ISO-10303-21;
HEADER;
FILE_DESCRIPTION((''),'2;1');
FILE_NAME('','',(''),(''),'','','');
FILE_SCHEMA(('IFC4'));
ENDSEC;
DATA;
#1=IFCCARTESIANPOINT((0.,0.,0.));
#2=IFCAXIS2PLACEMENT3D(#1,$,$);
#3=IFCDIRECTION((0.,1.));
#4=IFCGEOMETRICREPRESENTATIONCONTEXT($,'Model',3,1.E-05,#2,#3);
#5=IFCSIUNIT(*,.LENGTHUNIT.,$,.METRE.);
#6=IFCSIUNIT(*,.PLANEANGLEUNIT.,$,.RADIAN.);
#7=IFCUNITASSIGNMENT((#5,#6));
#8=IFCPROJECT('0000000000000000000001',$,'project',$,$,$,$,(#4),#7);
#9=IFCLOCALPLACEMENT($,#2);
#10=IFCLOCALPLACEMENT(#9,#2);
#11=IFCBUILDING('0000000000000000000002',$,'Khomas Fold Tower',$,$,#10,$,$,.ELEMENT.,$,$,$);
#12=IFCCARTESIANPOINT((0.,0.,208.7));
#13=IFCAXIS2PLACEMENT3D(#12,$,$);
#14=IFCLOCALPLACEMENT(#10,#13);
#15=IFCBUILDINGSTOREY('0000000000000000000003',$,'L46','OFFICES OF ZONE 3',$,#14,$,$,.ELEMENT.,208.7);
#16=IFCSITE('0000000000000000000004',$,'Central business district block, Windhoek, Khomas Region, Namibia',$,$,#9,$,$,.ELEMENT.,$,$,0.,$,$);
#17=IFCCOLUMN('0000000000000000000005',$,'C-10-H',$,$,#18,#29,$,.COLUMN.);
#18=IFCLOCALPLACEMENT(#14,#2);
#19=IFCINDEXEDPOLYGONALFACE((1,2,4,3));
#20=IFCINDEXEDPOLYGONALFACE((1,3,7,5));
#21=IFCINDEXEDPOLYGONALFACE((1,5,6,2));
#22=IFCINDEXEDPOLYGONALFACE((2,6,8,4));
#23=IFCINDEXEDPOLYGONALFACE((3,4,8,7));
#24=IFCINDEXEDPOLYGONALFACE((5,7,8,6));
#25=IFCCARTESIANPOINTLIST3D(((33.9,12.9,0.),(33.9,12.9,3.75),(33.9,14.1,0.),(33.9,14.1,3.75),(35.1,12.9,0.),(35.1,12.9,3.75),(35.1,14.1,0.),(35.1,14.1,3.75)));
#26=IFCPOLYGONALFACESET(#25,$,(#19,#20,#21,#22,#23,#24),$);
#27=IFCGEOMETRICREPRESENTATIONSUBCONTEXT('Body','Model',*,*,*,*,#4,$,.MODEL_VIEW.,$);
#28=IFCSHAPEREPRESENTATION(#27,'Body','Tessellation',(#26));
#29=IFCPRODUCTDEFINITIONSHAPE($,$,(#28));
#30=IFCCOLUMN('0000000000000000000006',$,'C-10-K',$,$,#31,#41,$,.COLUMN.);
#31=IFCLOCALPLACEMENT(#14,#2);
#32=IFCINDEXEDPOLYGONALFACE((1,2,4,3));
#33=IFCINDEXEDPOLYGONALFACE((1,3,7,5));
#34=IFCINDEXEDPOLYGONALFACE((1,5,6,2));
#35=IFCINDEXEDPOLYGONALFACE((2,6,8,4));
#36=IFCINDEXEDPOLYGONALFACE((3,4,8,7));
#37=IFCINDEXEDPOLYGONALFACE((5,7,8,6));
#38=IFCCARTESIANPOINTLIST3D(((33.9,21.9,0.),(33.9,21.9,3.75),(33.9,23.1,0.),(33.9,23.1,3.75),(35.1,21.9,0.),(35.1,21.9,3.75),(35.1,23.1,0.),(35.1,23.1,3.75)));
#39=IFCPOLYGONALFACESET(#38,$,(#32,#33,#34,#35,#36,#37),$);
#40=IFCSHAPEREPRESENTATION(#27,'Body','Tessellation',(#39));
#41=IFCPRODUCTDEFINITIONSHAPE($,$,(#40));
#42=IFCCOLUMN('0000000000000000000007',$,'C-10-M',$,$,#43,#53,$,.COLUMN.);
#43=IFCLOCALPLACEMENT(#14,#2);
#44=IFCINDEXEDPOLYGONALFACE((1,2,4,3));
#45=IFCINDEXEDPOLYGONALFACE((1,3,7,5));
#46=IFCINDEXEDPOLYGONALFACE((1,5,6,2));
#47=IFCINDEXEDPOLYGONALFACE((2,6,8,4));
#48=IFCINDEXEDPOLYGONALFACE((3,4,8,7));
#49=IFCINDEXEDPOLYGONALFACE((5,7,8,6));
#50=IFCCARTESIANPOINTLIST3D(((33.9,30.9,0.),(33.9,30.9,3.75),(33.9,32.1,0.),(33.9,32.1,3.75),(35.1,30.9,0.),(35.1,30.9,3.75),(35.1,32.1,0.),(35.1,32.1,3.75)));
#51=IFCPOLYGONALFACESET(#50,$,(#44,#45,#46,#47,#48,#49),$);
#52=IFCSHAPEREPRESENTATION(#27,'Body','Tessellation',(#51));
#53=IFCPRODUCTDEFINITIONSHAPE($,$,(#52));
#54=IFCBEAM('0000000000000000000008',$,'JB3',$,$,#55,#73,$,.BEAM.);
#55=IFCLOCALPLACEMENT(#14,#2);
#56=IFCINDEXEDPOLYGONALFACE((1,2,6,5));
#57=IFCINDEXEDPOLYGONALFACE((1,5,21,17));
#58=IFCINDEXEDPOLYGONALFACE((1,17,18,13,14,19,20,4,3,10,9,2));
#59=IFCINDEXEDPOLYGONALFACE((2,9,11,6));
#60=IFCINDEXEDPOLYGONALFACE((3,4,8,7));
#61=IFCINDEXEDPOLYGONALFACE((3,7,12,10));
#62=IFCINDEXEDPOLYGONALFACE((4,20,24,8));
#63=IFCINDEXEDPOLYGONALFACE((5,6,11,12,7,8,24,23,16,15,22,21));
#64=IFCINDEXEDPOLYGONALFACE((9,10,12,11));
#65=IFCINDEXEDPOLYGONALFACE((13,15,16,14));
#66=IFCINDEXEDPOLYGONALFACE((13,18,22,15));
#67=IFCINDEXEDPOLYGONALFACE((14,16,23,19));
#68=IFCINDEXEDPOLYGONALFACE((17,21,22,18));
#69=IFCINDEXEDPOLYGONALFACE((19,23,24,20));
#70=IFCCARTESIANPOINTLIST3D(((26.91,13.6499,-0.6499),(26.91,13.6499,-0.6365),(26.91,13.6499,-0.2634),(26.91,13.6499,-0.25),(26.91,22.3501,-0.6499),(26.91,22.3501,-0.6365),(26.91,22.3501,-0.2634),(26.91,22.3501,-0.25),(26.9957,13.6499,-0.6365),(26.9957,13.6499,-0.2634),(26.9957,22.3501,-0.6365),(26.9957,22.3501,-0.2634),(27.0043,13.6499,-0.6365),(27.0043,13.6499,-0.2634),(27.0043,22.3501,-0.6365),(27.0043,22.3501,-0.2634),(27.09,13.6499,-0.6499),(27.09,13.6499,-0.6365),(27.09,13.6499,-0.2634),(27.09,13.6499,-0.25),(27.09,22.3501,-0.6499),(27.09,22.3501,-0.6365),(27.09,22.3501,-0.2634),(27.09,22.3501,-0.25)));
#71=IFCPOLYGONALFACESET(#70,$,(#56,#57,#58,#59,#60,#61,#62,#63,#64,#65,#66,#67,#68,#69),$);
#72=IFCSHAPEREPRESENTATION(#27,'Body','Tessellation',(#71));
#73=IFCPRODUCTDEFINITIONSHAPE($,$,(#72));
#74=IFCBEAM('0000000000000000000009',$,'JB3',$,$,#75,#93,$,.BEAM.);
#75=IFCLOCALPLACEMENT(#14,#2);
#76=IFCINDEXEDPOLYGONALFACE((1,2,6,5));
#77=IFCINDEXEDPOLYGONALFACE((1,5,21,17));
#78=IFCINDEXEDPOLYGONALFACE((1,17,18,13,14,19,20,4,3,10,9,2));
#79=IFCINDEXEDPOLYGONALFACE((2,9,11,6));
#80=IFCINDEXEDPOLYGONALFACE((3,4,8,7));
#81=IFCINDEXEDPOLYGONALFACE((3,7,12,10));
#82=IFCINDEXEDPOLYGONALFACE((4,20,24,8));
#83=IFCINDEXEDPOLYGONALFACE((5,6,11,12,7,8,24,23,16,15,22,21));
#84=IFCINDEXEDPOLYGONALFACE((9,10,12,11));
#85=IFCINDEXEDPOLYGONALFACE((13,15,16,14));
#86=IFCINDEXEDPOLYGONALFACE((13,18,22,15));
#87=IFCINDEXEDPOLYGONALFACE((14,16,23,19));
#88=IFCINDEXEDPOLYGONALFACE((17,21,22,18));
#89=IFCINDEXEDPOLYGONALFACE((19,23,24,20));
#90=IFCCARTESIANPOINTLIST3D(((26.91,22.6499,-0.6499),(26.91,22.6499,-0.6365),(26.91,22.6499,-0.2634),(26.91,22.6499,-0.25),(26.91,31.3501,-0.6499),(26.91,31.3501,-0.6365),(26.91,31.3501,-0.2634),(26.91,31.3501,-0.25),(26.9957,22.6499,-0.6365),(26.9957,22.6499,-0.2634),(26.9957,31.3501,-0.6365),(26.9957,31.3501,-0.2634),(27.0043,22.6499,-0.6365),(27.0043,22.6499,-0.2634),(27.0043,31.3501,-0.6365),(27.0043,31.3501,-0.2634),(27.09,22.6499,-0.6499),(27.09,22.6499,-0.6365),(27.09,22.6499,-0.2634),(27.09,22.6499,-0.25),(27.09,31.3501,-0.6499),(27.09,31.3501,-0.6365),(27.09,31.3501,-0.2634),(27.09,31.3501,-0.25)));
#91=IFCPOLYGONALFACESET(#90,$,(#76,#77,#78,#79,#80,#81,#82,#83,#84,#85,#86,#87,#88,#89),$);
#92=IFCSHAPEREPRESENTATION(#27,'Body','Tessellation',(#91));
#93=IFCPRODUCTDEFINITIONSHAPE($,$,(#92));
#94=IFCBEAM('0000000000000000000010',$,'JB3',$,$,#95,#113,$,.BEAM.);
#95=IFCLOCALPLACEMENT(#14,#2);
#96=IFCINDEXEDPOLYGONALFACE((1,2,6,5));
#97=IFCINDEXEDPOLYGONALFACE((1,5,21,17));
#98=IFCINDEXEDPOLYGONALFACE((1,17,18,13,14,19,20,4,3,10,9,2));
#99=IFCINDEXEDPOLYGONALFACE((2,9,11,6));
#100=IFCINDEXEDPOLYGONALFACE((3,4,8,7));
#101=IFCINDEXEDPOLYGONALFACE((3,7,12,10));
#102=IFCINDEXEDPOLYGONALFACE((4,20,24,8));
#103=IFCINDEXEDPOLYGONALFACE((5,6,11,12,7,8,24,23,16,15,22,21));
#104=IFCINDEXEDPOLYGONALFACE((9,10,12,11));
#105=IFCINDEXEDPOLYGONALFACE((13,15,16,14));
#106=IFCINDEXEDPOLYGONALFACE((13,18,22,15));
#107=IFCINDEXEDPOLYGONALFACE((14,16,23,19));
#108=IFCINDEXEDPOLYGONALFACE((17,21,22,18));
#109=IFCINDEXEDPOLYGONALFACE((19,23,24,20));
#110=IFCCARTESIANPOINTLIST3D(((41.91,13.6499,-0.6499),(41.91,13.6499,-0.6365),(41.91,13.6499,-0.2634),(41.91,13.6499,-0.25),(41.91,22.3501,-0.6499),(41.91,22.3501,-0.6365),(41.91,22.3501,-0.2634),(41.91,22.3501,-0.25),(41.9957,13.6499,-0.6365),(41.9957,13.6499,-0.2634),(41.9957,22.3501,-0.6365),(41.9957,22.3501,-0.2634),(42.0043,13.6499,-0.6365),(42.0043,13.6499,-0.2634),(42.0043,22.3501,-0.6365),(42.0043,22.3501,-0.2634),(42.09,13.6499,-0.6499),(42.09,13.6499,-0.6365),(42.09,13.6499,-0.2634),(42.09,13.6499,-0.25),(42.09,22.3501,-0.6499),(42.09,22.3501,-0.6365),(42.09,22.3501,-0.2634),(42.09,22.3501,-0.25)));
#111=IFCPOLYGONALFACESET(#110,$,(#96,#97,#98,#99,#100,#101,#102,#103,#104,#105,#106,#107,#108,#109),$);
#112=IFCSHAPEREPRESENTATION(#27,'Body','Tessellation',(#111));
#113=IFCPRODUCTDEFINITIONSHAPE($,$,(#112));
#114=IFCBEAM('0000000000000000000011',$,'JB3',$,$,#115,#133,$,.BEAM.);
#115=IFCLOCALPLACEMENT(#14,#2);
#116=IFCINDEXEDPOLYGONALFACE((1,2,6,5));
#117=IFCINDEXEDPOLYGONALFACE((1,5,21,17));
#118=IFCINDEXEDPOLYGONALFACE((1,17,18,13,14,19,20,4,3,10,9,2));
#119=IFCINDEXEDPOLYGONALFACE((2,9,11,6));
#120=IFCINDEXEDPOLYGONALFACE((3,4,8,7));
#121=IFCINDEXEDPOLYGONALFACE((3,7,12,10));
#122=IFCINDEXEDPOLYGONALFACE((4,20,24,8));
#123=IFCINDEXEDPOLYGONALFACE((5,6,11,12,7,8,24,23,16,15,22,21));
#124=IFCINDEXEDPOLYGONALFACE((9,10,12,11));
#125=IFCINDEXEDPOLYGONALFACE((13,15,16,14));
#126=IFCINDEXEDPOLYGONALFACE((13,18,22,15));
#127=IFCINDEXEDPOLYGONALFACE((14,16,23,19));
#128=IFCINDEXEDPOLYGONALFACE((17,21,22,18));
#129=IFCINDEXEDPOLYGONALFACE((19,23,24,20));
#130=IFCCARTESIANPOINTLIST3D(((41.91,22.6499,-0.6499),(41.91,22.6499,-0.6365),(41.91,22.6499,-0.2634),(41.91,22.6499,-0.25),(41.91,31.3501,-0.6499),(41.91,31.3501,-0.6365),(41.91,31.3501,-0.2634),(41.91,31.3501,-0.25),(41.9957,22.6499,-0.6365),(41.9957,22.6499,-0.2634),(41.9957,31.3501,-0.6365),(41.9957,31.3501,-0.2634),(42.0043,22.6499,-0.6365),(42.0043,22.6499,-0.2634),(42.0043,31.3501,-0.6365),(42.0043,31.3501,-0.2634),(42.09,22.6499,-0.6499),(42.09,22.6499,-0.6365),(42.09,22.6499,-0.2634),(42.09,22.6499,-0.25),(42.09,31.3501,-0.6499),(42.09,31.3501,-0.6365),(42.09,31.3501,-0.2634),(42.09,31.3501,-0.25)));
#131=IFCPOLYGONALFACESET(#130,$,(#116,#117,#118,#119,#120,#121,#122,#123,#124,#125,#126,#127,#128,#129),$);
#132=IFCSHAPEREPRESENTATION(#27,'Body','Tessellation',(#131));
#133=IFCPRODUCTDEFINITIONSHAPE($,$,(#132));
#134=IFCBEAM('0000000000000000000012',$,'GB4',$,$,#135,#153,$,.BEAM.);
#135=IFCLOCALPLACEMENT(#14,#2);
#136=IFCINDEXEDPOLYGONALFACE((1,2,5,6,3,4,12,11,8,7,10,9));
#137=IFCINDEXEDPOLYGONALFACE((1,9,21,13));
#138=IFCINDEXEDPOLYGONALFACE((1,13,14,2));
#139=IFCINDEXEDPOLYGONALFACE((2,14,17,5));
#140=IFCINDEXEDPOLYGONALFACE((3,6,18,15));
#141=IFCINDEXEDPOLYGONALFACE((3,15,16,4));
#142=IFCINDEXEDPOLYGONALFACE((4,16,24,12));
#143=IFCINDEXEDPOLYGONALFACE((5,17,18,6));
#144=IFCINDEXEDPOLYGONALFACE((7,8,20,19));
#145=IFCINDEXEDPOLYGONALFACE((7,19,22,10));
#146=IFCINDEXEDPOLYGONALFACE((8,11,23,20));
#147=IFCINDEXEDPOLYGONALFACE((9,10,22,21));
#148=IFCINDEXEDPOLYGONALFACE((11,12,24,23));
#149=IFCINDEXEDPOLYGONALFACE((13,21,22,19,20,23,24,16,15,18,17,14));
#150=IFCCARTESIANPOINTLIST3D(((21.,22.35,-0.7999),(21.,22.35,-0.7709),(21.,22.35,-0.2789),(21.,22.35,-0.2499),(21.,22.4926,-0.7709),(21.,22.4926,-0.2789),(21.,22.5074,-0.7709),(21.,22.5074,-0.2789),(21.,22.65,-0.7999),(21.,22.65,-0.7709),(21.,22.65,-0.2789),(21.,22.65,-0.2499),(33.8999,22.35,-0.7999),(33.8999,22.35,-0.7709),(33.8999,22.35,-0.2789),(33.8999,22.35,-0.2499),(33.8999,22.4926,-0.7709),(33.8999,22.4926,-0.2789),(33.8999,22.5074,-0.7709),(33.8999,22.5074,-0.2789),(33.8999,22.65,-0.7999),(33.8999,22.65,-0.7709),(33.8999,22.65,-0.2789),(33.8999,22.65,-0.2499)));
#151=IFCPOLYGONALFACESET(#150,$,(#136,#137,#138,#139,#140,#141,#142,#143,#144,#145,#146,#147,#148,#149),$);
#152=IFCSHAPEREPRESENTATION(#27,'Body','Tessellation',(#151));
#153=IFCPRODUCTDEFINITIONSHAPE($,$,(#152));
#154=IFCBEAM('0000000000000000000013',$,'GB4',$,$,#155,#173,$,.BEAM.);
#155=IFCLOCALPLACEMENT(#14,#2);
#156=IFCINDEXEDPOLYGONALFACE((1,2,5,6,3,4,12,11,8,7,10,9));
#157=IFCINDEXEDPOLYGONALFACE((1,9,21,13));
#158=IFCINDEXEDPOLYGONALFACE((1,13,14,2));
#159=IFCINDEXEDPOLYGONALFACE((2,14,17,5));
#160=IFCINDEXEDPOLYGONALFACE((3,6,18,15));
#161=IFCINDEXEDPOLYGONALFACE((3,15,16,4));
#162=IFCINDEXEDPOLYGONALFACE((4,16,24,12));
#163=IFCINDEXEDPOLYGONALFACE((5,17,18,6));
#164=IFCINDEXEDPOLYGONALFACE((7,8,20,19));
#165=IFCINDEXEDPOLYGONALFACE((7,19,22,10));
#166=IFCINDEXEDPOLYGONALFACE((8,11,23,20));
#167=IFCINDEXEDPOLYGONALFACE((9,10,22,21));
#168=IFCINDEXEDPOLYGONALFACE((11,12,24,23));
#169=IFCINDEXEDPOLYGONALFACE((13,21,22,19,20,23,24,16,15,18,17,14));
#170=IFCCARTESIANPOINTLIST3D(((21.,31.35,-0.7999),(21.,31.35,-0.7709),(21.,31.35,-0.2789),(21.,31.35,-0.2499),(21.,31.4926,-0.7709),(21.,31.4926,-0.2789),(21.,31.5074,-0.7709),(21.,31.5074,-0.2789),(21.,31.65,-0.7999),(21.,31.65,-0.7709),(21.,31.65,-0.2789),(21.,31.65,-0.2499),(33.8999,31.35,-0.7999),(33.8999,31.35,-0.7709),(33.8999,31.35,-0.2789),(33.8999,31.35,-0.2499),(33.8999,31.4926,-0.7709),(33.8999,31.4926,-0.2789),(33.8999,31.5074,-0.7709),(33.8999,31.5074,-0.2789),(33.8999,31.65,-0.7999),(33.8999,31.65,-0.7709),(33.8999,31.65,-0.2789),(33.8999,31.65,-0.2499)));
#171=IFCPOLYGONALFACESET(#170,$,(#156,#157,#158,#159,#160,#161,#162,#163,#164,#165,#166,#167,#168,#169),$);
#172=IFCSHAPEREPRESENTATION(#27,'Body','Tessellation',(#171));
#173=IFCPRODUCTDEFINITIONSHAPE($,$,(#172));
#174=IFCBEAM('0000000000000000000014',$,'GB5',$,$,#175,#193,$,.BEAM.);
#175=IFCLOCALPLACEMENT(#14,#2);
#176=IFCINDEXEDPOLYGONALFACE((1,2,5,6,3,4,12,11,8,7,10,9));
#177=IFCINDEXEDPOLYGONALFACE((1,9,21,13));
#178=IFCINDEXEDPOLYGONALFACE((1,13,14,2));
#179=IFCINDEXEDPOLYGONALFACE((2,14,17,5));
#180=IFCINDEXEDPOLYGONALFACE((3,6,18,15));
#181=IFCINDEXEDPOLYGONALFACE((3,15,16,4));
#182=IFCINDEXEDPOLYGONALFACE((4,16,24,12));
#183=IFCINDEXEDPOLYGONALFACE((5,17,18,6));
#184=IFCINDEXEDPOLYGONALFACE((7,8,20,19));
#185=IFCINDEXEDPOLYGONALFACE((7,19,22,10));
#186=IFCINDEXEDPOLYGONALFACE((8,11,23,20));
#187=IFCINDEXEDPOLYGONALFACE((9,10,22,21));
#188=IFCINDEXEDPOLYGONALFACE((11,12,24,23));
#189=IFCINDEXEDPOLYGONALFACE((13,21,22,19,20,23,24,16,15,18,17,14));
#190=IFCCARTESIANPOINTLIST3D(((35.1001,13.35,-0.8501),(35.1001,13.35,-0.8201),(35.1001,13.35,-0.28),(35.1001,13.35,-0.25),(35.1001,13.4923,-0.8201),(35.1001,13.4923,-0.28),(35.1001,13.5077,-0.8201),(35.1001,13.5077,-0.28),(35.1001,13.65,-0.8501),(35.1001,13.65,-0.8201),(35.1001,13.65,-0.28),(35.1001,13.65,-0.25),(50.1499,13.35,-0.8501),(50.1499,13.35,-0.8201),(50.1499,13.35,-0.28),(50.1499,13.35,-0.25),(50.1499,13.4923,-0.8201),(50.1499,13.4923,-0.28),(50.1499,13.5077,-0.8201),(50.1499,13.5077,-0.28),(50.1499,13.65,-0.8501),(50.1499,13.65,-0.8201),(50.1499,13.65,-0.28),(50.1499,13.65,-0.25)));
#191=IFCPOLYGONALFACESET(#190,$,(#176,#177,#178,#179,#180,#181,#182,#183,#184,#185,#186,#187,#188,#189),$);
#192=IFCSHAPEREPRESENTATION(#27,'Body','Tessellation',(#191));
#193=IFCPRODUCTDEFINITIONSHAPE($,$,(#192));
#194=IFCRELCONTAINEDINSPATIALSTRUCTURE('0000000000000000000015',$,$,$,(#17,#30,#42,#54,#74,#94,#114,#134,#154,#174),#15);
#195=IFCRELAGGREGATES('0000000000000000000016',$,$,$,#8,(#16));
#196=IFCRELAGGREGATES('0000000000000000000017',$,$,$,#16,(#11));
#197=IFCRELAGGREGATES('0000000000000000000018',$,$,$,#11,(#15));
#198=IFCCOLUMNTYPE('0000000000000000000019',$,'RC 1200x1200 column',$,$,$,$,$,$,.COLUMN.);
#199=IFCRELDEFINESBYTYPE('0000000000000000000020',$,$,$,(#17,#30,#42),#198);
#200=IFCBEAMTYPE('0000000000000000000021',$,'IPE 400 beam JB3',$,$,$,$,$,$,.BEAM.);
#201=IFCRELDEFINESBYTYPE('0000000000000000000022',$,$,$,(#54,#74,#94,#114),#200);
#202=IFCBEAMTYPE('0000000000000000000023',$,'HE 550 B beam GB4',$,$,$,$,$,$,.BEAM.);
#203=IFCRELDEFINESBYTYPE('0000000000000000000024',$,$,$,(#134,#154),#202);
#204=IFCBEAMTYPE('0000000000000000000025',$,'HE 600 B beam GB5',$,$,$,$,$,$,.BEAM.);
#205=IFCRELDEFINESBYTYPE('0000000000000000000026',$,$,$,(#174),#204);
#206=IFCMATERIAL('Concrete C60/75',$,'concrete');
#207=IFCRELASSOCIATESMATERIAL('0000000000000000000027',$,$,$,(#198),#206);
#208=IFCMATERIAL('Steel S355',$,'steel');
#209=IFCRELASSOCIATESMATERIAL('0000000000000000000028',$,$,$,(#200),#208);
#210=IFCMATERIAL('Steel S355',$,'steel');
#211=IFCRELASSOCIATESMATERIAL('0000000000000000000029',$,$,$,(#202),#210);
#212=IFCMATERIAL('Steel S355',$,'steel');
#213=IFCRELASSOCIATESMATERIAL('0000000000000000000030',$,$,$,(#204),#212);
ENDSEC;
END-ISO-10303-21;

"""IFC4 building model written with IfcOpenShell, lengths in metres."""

from ifc_helpers import new_model, si_unit, direction, frame, origin, origin_2d, place, context, subcontext, project, spatial, rectangle, i_section, extrude, source, transform, mapped, material, material_profile, profile_set, type_object, element, save


model = new_model("IFC4")

# Units and contexts
model_context = context("Model", 3, precision=1e-05, world=origin(), true_north=direction((0.0, 1.0)))
body_context = subcontext(model_context, "Body", "Model", "MODEL_VIEW")
ifc_project = project(units=[si_unit("LENGTHUNIT", "METRE"), si_unit("PLANEANGLEUNIT", "RADIAN")], contexts=[model_context])

# Site, building, storey
site_placement = place(None, origin())
site = spatial("IfcSite", under=ifc_project, at=site_placement, Name="Central business district block, Windhoek, Khomas Region, Namibia", CompositionType="ELEMENT", RefElevation=0.0)
building_placement = place(site_placement, origin())
building = spatial("IfcBuilding", under=site, at=building_placement, Name="Khomas Fold Tower", CompositionType="ELEMENT")
storey_placement = place(building_placement, frame((0.0, 0.0, 208.7)))
storey = spatial("IfcBuildingStorey", under=building, at=storey_placement, Name="L46", Description="OFFICES OF ZONE 3", CompositionType="ELEMENT", Elevation=208.7)

# Columns
ifc_material_1 = material(Name="Concrete C60/75", Category="concrete")
ifc_material_profile_1 = material_profile(ifc_material_1, rectangle(XDim=1.2, YDim=1.2, at=origin_2d()), Name="RC 1200x1200")
ifc_profile_set_1 = profile_set([ifc_material_profile_1], Name="Concrete C60/75")
column_type = type_object("IfcColumnType", Name="RC 1200x1200 column", PredefinedType="COLUMN", material=ifc_profile_set_1)
shared_shape_1 = source(origin(), body_context, "Body", "SweptSolid", [
    extrude(rectangle(XDim=1.2, YDim=1.2, at=origin_2d()), origin(), (0.0, 0.0, 1.0), 3.75),
])
for number, where, z_axis, x_axis, name in (
    (1, (34.5, 13.5, 0.0), (0.0, 0.0, 1.0), (1.0, 0.0, 0.0), "C-10-H"),
    (2, (34.5, 22.5, 0.0), (0.0, 0.0, 1.0), (1.0, 0.0, 0.0), "C-10-K"),
    (3, (34.5, 31.5, 0.0), (0.0, 0.0, 1.0), (1.0, 0.0, 0.0), "C-10-M"),
):
    element("IfcColumn", number, at=place(storey_placement, frame(where, z_axis=z_axis, x_axis=x_axis)), inside=storey, type_object=column_type, Name=name, PredefinedType="COLUMN", context=body_context, shape_type="MappedRepresentation", body=[
        mapped(shared_shape_1, transform((0.0, 0.0, 0.0))),
    ])

# Beams
ifc_material_2 = material(Name="Steel S355", Category="steel")
ifc_material_profile_2 = material_profile(ifc_material_2, i_section(OverallWidth=0.1799, OverallDepth=0.3999, WebThickness=0.0085, FlangeThickness=0.0134, at=origin_2d()), Name="IPE 400")
ifc_profile_set_2 = profile_set([ifc_material_profile_2], Name="Steel S355")
beam_type_1 = type_object("IfcBeamType", Name="IPE 400 beam JB3", PredefinedType="BEAM", material=ifc_profile_set_2)
shared_shape_2 = source(origin(), body_context, "Body", "SweptSolid", [
    extrude(i_section(OverallWidth=0.1799, OverallDepth=0.3999, WebThickness=0.0085, FlangeThickness=0.0134, at=origin_2d()), origin(), (0.0, 0.0, 1.0), 8.7002),
])
for number, where, z_axis, x_axis, name in (
    (4, (27.0, 13.6499, -0.45), (0.0, 1.0, 0.0), (-1.0, 0.0, 0.0), "JB3"),
    (5, (27.0, 22.6499, -0.45), (0.0, 1.0, 0.0), (-1.0, 0.0, 0.0), "JB3"),
    (6, (42.0, 13.6499, -0.45), (0.0, 1.0, 0.0), (-1.0, 0.0, 0.0), "JB3"),
    (7, (42.0, 22.6499, -0.45), (0.0, 1.0, 0.0), (-1.0, 0.0, 0.0), "JB3"),
):
    element("IfcBeam", number, at=place(storey_placement, frame(where, z_axis=z_axis, x_axis=x_axis)), inside=storey, type_object=beam_type_1, Name=name, PredefinedType="BEAM", context=body_context, shape_type="MappedRepresentation", body=[
        mapped(shared_shape_2, transform((0.0, 0.0, 0.0))),
    ])
ifc_material_3 = material(Name="Steel S355", Category="steel")
ifc_material_profile_3 = material_profile(ifc_material_3, i_section(OverallWidth=0.3, OverallDepth=0.55, WebThickness=0.0149, FlangeThickness=0.0291, at=origin_2d()), Name="HE 550 B")
ifc_profile_set_3 = profile_set([ifc_material_profile_3], Name="Steel S355")
beam_type_2 = type_object("IfcBeamType", Name="HE 550 B beam GB4", PredefinedType="BEAM", material=ifc_profile_set_3)
shared_shape_3 = source(origin(), body_context, "Body", "SweptSolid", [
    extrude(i_section(OverallWidth=0.3, OverallDepth=0.55, WebThickness=0.0149, FlangeThickness=0.0291, at=origin_2d()), origin(), (0.0, 0.0, 1.0), 12.8999),
])
for number, where, z_axis, x_axis, name in (
    (8, (21.0, 22.5, -0.5249), (1.0, 0.0, 0.0), (0.0, 1.0, 0.0), "GB4"),
    (9, (21.0, 31.5, -0.5249), (1.0, 0.0, 0.0), (0.0, 1.0, 0.0), "GB4"),
):
    element("IfcBeam", number, at=place(storey_placement, frame(where, z_axis=z_axis, x_axis=x_axis)), inside=storey, type_object=beam_type_2, Name=name, PredefinedType="BEAM", context=body_context, shape_type="MappedRepresentation", body=[
        mapped(shared_shape_3, transform((0.0, 0.0, 0.0))),
    ])
ifc_material_4 = material(Name="Steel S355", Category="steel")
ifc_material_profile_4 = material_profile(ifc_material_4, i_section(OverallWidth=0.3, OverallDepth=0.6001, WebThickness=0.0154, FlangeThickness=0.03, at=origin_2d()), Name="HE 600 B")
ifc_profile_set_4 = profile_set([ifc_material_profile_4], Name="Steel S355")
beam_type_3 = type_object("IfcBeamType", Name="HE 600 B beam GB5", PredefinedType="BEAM", material=ifc_profile_set_4)
shared_shape_4 = source(origin(), body_context, "Body", "SweptSolid", [
    extrude(i_section(OverallWidth=0.3, OverallDepth=0.6001, WebThickness=0.0154, FlangeThickness=0.03, at=origin_2d()), origin(), (0.0, 0.0, 1.0), 15.0498),
])
for number, where, z_axis, x_axis, name in (
    (10, (35.1001, 13.5, -0.55), (1.0, 0.0, 0.0), (0.0, 1.0, 0.0), "GB5"),
):
    element("IfcBeam", number, at=place(storey_placement, frame(where, z_axis=z_axis, x_axis=x_axis)), inside=storey, type_object=beam_type_3, Name=name, PredefinedType="BEAM", context=body_context, shape_type="MappedRepresentation", body=[
        mapped(shared_shape_4, transform((0.0, 0.0, 0.0))),
    ])

save(model, "model.ifc")
